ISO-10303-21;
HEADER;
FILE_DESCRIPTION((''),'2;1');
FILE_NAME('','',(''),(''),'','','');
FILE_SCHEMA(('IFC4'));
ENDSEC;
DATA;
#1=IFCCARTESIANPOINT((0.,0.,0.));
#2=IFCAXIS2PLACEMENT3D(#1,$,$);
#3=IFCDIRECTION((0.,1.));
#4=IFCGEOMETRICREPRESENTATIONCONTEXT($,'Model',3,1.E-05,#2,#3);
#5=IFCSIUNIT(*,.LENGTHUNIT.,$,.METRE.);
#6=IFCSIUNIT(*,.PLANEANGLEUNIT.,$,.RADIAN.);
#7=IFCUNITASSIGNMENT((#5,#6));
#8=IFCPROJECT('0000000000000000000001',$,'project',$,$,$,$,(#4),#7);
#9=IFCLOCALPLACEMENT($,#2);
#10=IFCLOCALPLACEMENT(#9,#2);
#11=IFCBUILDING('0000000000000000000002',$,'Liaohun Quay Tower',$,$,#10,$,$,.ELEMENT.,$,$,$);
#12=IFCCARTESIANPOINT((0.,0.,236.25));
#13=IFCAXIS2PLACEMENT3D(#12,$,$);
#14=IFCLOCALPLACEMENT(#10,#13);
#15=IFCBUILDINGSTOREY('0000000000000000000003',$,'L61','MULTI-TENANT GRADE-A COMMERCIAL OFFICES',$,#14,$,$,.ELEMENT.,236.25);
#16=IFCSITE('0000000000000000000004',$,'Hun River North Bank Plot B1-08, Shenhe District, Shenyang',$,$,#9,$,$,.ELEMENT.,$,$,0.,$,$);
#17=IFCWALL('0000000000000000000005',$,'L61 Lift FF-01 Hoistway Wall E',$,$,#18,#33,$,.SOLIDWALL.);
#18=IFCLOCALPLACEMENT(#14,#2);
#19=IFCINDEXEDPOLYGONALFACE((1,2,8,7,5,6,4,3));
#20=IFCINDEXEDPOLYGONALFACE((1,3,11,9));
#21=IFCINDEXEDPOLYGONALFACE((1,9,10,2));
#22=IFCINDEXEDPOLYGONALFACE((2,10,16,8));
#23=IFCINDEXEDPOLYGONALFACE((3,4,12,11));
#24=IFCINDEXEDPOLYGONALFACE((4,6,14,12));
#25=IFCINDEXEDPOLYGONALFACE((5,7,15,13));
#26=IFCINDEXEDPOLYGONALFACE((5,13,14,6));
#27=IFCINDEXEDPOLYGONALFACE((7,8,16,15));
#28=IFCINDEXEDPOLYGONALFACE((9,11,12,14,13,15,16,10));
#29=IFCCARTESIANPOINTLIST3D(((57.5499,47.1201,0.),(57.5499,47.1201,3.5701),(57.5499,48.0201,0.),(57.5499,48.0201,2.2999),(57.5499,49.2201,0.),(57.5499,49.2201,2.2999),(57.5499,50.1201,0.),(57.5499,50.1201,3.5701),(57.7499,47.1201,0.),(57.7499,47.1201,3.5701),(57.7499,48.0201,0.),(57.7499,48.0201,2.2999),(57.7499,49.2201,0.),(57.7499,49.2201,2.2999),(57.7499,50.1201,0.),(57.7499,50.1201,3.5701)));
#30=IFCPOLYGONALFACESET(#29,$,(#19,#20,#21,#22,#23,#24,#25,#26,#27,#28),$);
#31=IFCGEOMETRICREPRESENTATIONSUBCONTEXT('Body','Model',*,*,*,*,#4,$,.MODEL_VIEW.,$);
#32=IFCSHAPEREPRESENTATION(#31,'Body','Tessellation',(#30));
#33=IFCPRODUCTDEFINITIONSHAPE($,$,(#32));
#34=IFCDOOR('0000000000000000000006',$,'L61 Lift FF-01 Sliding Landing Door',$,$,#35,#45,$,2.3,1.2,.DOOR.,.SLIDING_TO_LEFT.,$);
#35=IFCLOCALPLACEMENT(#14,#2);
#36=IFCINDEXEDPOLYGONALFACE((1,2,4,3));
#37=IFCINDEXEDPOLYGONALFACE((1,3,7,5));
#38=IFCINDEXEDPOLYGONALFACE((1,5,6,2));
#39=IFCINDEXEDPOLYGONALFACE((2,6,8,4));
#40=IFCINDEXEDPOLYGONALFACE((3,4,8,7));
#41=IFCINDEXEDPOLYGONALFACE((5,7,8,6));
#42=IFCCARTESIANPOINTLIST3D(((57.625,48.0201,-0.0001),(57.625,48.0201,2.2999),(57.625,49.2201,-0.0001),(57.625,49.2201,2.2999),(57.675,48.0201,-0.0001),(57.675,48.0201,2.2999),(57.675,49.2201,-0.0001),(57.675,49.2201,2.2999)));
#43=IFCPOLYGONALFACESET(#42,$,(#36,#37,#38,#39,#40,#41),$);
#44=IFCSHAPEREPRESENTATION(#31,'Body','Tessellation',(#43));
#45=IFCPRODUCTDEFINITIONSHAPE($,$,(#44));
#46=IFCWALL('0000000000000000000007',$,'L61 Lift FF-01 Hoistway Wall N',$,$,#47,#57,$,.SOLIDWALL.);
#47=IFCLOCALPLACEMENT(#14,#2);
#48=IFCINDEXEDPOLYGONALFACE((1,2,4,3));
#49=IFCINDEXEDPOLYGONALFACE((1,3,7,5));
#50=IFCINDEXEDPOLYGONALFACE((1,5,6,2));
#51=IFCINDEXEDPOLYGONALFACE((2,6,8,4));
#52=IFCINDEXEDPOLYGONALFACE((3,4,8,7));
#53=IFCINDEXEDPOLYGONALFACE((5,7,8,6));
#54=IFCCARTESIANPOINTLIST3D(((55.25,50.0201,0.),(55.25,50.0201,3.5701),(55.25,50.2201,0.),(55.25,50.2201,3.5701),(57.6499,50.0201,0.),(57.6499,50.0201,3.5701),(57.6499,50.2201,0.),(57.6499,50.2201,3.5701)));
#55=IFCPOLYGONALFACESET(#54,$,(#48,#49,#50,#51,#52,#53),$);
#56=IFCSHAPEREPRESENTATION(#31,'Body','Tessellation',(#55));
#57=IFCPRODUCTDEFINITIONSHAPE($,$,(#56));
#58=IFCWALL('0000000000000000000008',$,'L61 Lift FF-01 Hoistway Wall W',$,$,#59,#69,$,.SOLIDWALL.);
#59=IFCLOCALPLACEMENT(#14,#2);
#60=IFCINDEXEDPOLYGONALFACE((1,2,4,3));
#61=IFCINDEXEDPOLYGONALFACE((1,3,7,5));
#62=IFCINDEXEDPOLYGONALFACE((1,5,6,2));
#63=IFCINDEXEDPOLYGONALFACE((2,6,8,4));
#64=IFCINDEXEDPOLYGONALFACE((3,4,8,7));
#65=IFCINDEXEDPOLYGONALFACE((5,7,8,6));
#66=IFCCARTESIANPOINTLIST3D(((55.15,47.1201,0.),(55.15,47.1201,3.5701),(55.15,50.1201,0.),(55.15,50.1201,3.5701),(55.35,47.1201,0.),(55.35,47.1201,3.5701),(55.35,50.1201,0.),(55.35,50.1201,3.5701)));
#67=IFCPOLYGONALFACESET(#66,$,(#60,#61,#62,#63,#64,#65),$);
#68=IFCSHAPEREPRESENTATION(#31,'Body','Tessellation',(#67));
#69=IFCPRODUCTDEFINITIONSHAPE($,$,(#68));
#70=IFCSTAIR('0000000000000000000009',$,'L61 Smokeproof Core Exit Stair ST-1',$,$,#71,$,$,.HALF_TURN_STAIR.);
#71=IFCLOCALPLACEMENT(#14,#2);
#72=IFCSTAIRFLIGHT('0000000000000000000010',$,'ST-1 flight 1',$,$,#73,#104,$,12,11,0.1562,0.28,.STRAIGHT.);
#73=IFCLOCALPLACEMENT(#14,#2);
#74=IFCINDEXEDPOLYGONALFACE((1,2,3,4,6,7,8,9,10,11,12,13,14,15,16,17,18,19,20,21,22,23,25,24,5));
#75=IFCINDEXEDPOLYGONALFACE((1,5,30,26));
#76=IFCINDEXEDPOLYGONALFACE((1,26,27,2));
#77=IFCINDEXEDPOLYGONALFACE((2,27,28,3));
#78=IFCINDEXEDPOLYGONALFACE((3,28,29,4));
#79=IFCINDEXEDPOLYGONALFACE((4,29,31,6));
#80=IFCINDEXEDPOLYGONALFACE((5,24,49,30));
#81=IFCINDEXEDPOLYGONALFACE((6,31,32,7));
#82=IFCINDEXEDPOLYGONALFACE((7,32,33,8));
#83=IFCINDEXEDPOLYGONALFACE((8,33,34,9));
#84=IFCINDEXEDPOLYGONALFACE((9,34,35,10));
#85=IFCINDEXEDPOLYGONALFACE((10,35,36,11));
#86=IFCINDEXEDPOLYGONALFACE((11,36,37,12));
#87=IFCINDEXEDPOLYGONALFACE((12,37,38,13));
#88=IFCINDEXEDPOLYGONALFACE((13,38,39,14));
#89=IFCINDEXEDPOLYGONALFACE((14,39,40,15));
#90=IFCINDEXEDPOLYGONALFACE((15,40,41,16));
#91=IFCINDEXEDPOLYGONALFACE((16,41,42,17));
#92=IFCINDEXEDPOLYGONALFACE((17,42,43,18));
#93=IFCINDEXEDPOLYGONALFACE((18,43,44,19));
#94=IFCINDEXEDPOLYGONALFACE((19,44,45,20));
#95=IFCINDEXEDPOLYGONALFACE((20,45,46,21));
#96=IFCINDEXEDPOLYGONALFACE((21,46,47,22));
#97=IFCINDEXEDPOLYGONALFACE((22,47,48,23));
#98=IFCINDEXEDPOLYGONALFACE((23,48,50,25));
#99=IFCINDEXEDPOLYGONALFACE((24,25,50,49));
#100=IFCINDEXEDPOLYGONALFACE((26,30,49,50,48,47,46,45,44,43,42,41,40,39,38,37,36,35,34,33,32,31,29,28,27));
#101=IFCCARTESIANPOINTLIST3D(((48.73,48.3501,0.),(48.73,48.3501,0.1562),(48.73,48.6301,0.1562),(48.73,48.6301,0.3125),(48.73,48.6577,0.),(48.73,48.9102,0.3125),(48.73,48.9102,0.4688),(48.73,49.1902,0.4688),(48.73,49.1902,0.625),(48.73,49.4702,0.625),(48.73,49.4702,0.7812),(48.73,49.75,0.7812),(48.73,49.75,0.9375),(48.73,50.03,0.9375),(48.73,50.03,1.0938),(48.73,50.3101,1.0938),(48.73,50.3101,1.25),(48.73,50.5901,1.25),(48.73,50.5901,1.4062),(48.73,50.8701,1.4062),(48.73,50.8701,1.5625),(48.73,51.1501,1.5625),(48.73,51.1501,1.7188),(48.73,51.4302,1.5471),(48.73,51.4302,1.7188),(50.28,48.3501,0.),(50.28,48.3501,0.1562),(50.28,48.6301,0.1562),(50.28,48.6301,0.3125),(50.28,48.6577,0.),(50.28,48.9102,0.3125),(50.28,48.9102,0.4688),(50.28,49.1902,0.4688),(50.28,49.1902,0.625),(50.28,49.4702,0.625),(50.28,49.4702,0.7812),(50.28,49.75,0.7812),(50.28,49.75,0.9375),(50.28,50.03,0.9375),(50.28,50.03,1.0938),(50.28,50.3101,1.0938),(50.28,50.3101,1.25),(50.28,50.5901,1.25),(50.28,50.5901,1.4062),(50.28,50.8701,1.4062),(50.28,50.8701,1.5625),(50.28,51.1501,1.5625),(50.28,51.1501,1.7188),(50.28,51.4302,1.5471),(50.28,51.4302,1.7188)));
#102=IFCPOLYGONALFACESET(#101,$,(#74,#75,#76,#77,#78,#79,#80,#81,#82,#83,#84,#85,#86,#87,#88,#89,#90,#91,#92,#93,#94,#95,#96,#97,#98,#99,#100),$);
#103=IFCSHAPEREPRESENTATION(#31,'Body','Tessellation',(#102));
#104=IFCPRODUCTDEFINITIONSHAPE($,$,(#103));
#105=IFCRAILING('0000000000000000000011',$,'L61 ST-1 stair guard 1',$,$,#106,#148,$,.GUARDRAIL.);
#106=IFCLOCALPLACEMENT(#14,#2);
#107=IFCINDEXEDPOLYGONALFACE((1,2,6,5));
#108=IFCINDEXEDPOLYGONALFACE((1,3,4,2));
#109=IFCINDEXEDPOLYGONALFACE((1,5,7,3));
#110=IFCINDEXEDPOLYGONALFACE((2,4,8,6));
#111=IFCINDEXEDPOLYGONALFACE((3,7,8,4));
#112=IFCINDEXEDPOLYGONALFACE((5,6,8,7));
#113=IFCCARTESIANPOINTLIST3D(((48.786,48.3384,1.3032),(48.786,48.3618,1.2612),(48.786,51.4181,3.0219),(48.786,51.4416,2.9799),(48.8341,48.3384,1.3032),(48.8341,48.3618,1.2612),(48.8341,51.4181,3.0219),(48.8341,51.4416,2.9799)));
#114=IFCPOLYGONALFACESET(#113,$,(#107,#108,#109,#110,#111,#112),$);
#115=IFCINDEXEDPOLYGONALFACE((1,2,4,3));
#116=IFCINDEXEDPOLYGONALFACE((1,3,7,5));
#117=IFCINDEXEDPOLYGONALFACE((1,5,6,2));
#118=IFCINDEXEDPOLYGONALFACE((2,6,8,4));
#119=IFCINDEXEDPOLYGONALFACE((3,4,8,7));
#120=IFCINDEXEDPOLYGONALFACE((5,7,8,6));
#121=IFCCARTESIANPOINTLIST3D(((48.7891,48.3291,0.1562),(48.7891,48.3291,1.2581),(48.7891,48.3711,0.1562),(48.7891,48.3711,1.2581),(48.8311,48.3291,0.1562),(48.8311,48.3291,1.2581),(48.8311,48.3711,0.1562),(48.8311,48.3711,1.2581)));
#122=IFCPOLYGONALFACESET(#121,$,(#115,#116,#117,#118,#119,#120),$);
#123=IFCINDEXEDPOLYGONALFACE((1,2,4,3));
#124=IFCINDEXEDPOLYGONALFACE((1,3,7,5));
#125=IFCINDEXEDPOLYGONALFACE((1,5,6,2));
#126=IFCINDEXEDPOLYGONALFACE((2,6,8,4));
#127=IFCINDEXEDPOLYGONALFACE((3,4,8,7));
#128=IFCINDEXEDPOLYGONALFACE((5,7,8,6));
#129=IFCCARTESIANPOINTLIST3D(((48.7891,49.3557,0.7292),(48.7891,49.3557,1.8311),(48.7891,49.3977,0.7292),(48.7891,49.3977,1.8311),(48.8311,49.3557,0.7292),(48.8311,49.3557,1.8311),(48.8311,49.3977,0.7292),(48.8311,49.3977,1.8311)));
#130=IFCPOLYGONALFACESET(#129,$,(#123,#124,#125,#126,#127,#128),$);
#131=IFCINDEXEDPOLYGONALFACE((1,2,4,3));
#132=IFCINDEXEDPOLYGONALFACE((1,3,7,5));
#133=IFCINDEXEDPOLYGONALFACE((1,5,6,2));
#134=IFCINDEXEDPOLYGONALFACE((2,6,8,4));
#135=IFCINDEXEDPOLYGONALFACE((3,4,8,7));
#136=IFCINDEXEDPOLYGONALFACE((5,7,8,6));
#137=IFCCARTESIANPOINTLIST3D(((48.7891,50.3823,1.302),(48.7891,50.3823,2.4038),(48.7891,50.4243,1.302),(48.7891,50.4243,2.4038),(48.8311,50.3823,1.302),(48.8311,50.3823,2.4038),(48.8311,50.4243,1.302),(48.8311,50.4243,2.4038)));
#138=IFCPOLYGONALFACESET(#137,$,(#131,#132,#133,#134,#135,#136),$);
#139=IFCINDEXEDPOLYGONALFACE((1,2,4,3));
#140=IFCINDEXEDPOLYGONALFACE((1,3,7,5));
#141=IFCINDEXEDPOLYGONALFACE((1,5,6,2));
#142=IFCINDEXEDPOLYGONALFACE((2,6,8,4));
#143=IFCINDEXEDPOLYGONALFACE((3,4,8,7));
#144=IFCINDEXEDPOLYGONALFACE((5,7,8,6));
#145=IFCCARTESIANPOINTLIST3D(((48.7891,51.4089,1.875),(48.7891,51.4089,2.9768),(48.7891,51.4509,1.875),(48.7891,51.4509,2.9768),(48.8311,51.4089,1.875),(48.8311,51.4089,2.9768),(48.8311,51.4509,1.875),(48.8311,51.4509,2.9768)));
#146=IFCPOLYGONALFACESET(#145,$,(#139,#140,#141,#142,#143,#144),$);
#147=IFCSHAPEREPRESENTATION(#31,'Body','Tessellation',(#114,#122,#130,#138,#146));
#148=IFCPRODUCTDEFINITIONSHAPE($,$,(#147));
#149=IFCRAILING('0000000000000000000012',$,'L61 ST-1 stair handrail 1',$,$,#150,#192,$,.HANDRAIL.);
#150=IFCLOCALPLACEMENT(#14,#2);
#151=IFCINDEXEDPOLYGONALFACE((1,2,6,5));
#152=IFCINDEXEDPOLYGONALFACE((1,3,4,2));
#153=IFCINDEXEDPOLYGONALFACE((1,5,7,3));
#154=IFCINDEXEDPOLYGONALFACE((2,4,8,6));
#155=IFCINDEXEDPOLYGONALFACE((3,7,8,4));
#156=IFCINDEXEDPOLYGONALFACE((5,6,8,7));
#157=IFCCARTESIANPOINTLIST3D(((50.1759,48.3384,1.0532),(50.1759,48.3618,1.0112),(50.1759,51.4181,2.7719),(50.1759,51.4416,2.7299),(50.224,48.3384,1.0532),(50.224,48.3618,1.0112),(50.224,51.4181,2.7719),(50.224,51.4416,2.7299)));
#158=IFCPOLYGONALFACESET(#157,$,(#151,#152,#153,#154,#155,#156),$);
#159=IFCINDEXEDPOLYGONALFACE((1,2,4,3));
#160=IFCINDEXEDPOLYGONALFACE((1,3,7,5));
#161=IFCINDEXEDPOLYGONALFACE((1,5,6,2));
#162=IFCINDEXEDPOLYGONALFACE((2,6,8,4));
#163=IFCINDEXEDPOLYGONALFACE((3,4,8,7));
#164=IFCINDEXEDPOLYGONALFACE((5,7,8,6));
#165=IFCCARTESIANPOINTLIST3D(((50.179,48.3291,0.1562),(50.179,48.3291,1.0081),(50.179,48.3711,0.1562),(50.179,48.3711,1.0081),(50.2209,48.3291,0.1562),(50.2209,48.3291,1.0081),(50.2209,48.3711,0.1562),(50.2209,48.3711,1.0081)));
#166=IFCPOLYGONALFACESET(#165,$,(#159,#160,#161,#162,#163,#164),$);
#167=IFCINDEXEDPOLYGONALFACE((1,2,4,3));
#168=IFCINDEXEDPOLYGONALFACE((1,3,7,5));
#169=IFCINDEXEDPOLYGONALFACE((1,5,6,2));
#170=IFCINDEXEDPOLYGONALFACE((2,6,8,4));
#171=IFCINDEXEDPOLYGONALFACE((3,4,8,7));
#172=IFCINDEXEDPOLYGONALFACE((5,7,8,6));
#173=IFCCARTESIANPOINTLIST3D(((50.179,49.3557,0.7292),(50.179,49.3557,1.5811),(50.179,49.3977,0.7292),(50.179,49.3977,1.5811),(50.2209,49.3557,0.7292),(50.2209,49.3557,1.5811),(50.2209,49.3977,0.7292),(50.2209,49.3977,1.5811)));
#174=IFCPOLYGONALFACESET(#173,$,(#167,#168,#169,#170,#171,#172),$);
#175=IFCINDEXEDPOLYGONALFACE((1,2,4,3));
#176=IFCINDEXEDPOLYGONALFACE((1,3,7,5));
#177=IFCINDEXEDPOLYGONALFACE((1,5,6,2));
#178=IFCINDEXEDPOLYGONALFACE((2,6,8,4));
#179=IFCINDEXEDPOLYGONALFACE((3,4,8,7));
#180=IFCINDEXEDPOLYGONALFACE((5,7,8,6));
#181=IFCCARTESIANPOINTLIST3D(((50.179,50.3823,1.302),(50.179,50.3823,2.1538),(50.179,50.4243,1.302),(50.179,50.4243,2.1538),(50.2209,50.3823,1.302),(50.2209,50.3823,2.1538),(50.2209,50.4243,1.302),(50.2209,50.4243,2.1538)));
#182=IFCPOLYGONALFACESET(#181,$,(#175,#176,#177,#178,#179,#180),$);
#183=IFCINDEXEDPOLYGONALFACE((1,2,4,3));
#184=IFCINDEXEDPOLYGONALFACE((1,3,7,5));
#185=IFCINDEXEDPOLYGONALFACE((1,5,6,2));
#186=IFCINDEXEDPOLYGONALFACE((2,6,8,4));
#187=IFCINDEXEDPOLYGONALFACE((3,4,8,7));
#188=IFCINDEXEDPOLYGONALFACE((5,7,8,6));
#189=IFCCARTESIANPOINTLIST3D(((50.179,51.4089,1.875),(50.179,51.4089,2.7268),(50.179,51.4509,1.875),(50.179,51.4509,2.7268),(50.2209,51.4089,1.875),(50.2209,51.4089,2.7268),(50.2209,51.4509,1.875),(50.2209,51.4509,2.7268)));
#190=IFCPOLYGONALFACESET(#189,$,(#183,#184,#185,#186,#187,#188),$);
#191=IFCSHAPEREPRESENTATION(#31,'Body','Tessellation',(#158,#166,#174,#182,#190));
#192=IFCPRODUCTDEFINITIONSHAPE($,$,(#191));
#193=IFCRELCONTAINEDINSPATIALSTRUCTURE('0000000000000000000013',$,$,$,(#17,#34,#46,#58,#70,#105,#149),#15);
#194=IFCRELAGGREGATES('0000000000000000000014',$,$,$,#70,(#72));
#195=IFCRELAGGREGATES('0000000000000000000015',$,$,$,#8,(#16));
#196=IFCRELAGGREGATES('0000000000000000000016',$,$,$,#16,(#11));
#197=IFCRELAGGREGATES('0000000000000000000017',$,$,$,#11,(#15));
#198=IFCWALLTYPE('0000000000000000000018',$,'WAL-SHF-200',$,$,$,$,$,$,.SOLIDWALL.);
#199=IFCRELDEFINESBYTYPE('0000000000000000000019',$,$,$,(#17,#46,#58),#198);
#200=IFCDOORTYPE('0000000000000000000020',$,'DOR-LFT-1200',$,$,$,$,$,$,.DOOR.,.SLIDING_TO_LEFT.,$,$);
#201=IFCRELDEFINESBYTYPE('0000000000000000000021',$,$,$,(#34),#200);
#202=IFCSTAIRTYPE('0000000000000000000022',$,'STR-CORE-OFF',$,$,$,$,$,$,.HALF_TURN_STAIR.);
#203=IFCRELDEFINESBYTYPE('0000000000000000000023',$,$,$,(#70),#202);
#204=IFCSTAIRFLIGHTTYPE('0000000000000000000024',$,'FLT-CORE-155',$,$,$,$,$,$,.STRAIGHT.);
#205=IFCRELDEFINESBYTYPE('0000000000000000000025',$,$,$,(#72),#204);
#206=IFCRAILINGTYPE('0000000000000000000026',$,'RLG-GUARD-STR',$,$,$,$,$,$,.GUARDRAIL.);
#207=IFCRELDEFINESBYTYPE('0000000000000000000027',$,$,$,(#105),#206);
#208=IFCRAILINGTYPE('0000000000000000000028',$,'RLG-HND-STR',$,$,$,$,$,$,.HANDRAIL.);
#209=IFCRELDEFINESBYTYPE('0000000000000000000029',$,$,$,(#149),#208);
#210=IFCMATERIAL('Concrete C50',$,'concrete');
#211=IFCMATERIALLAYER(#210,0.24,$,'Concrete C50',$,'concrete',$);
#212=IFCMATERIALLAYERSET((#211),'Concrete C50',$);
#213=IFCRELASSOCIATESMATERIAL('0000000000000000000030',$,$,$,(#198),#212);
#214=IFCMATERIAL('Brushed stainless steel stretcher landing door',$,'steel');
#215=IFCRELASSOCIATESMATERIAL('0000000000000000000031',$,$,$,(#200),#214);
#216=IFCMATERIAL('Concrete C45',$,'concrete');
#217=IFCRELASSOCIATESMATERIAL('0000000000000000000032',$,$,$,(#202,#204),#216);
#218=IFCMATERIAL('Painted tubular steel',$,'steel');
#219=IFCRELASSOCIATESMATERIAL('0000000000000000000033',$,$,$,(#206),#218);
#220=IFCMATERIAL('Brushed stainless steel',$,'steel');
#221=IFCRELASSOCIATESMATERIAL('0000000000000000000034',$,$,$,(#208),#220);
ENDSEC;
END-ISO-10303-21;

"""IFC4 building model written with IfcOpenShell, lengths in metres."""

from ifc_helpers import new_model, si_unit, direction, frame, frame_2d, origin, origin_2d, place, context, subcontext, project, spatial, polyline, rectangle, outline, extrude, source, transform, mapped, material, layer, layer_set, type_object, element, fill, aggregate, save


model = new_model("IFC4")

# Units and contexts
model_context = context("Model", 3, precision=1e-05, world=origin(), true_north=direction((0.0, 1.0)))
body_context = subcontext(model_context, "Body", "Model", "MODEL_VIEW")
ifc_project = project(units=[si_unit("LENGTHUNIT", "METRE"), si_unit("PLANEANGLEUNIT", "RADIAN")], contexts=[model_context])

# Site, building, storey
site_placement = place(None, origin())
site = spatial("IfcSite", under=ifc_project, at=site_placement, Name="Hun River North Bank Plot B1-08, Shenhe District, Shenyang", CompositionType="ELEMENT", RefElevation=0.0)
building_placement = place(site_placement, origin())
building = spatial("IfcBuilding", under=site, at=building_placement, Name="Liaohun Quay Tower", CompositionType="ELEMENT")
storey_placement = place(building_placement, frame((0.0, 0.0, 236.25)))
storey = spatial("IfcBuildingStorey", under=building, at=storey_placement, Name="L61", Description="MULTI-TENANT GRADE-A COMMERCIAL OFFICES", CompositionType="ELEMENT", Elevation=236.25)

# Shared definitions
ifc_material_1 = material(Name="Concrete C50", Category="concrete")

# Shared definitions
ifc_layer_1 = layer(ifc_material_1, 0.24, Name="Concrete C50", Category="concrete")
ifc_layer_set_1 = layer_set([ifc_layer_1], Name="Concrete C50")
wall_type_1 = type_object("IfcWallType", Name="WAL-SHF-200", PredefinedType="SOLIDWALL", material=ifc_layer_set_1)

# Wall, opening, door
wall_1_placement = place(storey_placement, frame((57.6499, 47.1201, 0.0), z_axis=(0.0, 0.0, 1.0), x_axis=(0.0, 1.0, 0.0)))
wall_1 = element("IfcWall", 1, at=wall_1_placement, inside=storey, type_object=wall_type_1, Name="L61 Lift FF-01 Hoistway Wall E", PredefinedType="SOLIDWALL", context=body_context, shape_type="SweptSolid", body=[
    extrude(rectangle(XDim=3.0, YDim=0.2, at=frame_2d((1.5, 0.0))), origin(), (0.0, 0.0, 1.0), 3.5701),
])
shared_shape_1 = source(origin(), body_context, "Body", "SweptSolid", [
    extrude(rectangle(XDim=1.2, YDim=2.3, at=frame_2d((0.6001, 1.1499))), frame((0.0, 0.1099, 0.0), z_axis=(0.0, -1.0, 0.0), x_axis=(1.0, 0.0, 0.0)), (0.0, 0.0, 1.0), 0.22),
])
opening_1_placement = place(wall_1_placement, frame((0.8999, 0.0, 0.0)))
opening_1 = element("IfcOpeningElement", 2, at=opening_1_placement, cuts=wall_1, PredefinedType="OPENING", context=body_context, shape_type="MappedRepresentation", body=[
    mapped(shared_shape_1, transform((0.0, 0.0, 0.0), x_axis=(1.0, 0.0, 0.0), y_axis=(0.0, 1.0, 0.0), z_axis=(0.0, 0.0, 1.0), scale=1.0)),
])
ifc_material_2 = material(Name="Brushed stainless steel stretcher landing door", Category="steel")
door_type_1 = type_object("IfcDoorType", Name="DOR-LFT-1200", OperationType="SLIDING_TO_LEFT", PredefinedType="DOOR", material=ifc_material_2)
shared_shape_2 = source(origin(), body_context, "Body", "SweptSolid", [
    extrude(rectangle(XDim=1.2, YDim=2.3, at=frame_2d((0.6001, 1.1499))), frame((0.0, 0.0249, 0.0), z_axis=(0.0, -1.0, 0.0), x_axis=(1.0, 0.0, 0.0)), (0.0, 0.0, 1.0), 0.05),
])
door_1_placement = place(opening_1_placement, origin())
door_1 = element("IfcDoor", 3, at=door_1_placement, inside=storey, type_object=door_type_1, Name="L61 Lift FF-01 Sliding Landing Door", OperationType="SLIDING_TO_LEFT", OverallHeight=2.3, OverallWidth=1.2, PredefinedType="DOOR", context=body_context, shape_type="MappedRepresentation", body=[
    mapped(shared_shape_2, transform((0.0, 0.0, 0.0), x_axis=(1.0, 0.0, 0.0), y_axis=(0.0, 1.0, 0.0), z_axis=(0.0, 0.0, 1.0), scale=1.0)),
])
fill(opening_1, door_1)

# Walls
wall_2_placement = place(storey_placement, frame((57.6499, 50.1201, 0.0), z_axis=(0.0, 0.0, 1.0), x_axis=(-1.0, 0.0, 0.0)))
element("IfcWall", 4, at=wall_2_placement, inside=storey, type_object=wall_type_1, Name="L61 Lift FF-01 Hoistway Wall N", PredefinedType="SOLIDWALL", context=body_context, shape_type="SweptSolid", body=[
    extrude(rectangle(XDim=2.3999, YDim=0.2, at=frame_2d((1.2, 0.0))), origin(), (0.0, 0.0, 1.0), 3.5701),
])
wall_3_placement = place(storey_placement, frame((55.25, 50.1201, 0.0), z_axis=(0.0, 0.0, 1.0), x_axis=(0.0, -1.0, 0.0)))
element("IfcWall", 5, at=wall_3_placement, inside=storey, type_object=wall_type_1, Name="L61 Lift FF-01 Hoistway Wall W", PredefinedType="SOLIDWALL", context=body_context, shape_type="SweptSolid", body=[
    extrude(rectangle(XDim=3.0, YDim=0.2, at=frame_2d((1.5, 0.0))), origin(), (0.0, 0.0, 1.0), 3.5701),
])

# Stair, stair flight
ifc_material_3 = material(Name="Concrete C45", Category="concrete")
stair_type = type_object("IfcStairType", Name="STR-CORE-OFF", PredefinedType="HALF_TURN_STAIR", material=ifc_material_3)
stair_placement = place(storey_placement, origin())
stair = element("IfcStair", 6, at=stair_placement, inside=storey, type_object=stair_type, Name="L61 Smokeproof Core Exit Stair ST-1", PredefinedType="HALF_TURN_STAIR")
stair_flight_type = type_object("IfcStairFlightType", Name="FLT-CORE-155", PredefinedType="STRAIGHT", material=ifc_material_3)
stair_flight_placement = place(storey_placement, frame((49.5049, 48.3501, 0.0), z_axis=(0.0, 0.0, 1.0), x_axis=(0.0, 1.0, 0.0)))
stair_flight = element("IfcStairFlight", 7, at=stair_flight_placement, type_object=stair_flight_type, Name="ST-1 flight 1", NumberOfRisers=12, NumberOfTreads=11, PredefinedType="STRAIGHT", RiserHeight=0.1562, TreadLength=0.28, context=body_context, shape_type="SweptSolid", body=[
    extrude(outline(polyline([(0.0, 0.0), (0.0, 0.1562), (0.28, 0.1562), (0.28, 0.3125), (0.5601, 0.3125), (0.5601, 0.4688), (0.8401, 0.4688), (0.8401, 0.625), (1.1201, 0.625), (1.1201, 0.7812), (1.3999, 0.7812), (1.3999, 0.9375), (1.6799, 0.9375), (1.6799, 1.0938), (1.96, 1.0938), (1.96, 1.25), (2.24, 1.25), (2.24, 1.4062), (2.52, 1.4062), (2.52, 1.5625), (2.8, 1.5625), (2.8, 1.7188), (3.0801, 1.7188), (3.0801, 1.875), (3.0801, 1.5471), (0.3076, 0.0), (0.0, 0.0)])), frame((0.0, 0.7749, 0.0), z_axis=(0.0, -1.0, 0.0), x_axis=(1.0, 0.0, 0.0)), (0.0, 0.0, 1.0), 1.55),
])
aggregate(stair, [stair_flight])

# Railings
ifc_material_4 = material(Name="Painted tubular steel", Category="steel")
railing_type_1 = type_object("IfcRailingType", Name="RLG-GUARD-STR", PredefinedType="GUARDRAIL", material=ifc_material_4)
railing_1_placement = place(storey_placement, frame((48.8101, 48.3501, 0.1562)))
element("IfcRailing", 8, at=railing_1_placement, inside=storey, type_object=railing_type_1, Name="L61 ST-1 stair guard 1", PredefinedType="GUARDRAIL", context=body_context, shape_type="SweptSolid", body=[
    extrude(rectangle(XDim=0.0481, YDim=0.0481, at=origin_2d()), frame((0.0, 0.0, 1.126), z_axis=(0.0, 0.873225, 0.487317), x_axis=(-1.0, 0.0, 0.0)), (0.0, 0.0, 1.0), 3.5269),
    extrude(rectangle(XDim=0.042, YDim=0.042, at=origin_2d()), origin(), (0.0, 0.0, 1.0), 1.1018),
    extrude(rectangle(XDim=0.042, YDim=0.042, at=origin_2d()), frame((0.0, 1.0266, 0.573)), (0.0, 0.0, 1.0), 1.1018),
    extrude(rectangle(XDim=0.042, YDim=0.042, at=origin_2d()), frame((0.0, 2.0532, 1.1458)), (0.0, 0.0, 1.0), 1.1018),
    extrude(rectangle(XDim=0.042, YDim=0.042, at=origin_2d()), frame((0.0, 3.0798, 1.7188)), (0.0, 0.0, 1.0), 1.1018),
])
ifc_material_5 = material(Name="Brushed stainless steel", Category="steel")
railing_type_2 = type_object("IfcRailingType", Name="RLG-HND-STR", PredefinedType="HANDRAIL", material=ifc_material_5)
railing_2_placement = place(storey_placement, frame((50.2, 48.3501, 0.1562)))
element("IfcRailing", 9, at=railing_2_placement, inside=storey, type_object=railing_type_2, Name="L61 ST-1 stair handrail 1", PredefinedType="HANDRAIL", context=body_context, shape_type="SweptSolid", body=[
    extrude(rectangle(XDim=0.0481, YDim=0.0481, at=origin_2d()), frame((0.0, 0.0, 0.876), z_axis=(0.0, 0.873225, 0.487317), x_axis=(-1.0, 0.0, 0.0)), (0.0, 0.0, 1.0), 3.5269),
    extrude(rectangle(XDim=0.042, YDim=0.042, at=origin_2d()), origin(), (0.0, 0.0, 1.0), 0.8518),
    extrude(rectangle(XDim=0.042, YDim=0.042, at=origin_2d()), frame((0.0, 1.0266, 0.573)), (0.0, 0.0, 1.0), 0.8518),
    extrude(rectangle(XDim=0.042, YDim=0.042, at=origin_2d()), frame((0.0, 2.0532, 1.1458)), (0.0, 0.0, 1.0), 0.8518),
    extrude(rectangle(XDim=0.042, YDim=0.042, at=origin_2d()), frame((0.0, 3.0798, 1.7188)), (0.0, 0.0, 1.0), 0.8518),
])

save(model, "model.ifc")
